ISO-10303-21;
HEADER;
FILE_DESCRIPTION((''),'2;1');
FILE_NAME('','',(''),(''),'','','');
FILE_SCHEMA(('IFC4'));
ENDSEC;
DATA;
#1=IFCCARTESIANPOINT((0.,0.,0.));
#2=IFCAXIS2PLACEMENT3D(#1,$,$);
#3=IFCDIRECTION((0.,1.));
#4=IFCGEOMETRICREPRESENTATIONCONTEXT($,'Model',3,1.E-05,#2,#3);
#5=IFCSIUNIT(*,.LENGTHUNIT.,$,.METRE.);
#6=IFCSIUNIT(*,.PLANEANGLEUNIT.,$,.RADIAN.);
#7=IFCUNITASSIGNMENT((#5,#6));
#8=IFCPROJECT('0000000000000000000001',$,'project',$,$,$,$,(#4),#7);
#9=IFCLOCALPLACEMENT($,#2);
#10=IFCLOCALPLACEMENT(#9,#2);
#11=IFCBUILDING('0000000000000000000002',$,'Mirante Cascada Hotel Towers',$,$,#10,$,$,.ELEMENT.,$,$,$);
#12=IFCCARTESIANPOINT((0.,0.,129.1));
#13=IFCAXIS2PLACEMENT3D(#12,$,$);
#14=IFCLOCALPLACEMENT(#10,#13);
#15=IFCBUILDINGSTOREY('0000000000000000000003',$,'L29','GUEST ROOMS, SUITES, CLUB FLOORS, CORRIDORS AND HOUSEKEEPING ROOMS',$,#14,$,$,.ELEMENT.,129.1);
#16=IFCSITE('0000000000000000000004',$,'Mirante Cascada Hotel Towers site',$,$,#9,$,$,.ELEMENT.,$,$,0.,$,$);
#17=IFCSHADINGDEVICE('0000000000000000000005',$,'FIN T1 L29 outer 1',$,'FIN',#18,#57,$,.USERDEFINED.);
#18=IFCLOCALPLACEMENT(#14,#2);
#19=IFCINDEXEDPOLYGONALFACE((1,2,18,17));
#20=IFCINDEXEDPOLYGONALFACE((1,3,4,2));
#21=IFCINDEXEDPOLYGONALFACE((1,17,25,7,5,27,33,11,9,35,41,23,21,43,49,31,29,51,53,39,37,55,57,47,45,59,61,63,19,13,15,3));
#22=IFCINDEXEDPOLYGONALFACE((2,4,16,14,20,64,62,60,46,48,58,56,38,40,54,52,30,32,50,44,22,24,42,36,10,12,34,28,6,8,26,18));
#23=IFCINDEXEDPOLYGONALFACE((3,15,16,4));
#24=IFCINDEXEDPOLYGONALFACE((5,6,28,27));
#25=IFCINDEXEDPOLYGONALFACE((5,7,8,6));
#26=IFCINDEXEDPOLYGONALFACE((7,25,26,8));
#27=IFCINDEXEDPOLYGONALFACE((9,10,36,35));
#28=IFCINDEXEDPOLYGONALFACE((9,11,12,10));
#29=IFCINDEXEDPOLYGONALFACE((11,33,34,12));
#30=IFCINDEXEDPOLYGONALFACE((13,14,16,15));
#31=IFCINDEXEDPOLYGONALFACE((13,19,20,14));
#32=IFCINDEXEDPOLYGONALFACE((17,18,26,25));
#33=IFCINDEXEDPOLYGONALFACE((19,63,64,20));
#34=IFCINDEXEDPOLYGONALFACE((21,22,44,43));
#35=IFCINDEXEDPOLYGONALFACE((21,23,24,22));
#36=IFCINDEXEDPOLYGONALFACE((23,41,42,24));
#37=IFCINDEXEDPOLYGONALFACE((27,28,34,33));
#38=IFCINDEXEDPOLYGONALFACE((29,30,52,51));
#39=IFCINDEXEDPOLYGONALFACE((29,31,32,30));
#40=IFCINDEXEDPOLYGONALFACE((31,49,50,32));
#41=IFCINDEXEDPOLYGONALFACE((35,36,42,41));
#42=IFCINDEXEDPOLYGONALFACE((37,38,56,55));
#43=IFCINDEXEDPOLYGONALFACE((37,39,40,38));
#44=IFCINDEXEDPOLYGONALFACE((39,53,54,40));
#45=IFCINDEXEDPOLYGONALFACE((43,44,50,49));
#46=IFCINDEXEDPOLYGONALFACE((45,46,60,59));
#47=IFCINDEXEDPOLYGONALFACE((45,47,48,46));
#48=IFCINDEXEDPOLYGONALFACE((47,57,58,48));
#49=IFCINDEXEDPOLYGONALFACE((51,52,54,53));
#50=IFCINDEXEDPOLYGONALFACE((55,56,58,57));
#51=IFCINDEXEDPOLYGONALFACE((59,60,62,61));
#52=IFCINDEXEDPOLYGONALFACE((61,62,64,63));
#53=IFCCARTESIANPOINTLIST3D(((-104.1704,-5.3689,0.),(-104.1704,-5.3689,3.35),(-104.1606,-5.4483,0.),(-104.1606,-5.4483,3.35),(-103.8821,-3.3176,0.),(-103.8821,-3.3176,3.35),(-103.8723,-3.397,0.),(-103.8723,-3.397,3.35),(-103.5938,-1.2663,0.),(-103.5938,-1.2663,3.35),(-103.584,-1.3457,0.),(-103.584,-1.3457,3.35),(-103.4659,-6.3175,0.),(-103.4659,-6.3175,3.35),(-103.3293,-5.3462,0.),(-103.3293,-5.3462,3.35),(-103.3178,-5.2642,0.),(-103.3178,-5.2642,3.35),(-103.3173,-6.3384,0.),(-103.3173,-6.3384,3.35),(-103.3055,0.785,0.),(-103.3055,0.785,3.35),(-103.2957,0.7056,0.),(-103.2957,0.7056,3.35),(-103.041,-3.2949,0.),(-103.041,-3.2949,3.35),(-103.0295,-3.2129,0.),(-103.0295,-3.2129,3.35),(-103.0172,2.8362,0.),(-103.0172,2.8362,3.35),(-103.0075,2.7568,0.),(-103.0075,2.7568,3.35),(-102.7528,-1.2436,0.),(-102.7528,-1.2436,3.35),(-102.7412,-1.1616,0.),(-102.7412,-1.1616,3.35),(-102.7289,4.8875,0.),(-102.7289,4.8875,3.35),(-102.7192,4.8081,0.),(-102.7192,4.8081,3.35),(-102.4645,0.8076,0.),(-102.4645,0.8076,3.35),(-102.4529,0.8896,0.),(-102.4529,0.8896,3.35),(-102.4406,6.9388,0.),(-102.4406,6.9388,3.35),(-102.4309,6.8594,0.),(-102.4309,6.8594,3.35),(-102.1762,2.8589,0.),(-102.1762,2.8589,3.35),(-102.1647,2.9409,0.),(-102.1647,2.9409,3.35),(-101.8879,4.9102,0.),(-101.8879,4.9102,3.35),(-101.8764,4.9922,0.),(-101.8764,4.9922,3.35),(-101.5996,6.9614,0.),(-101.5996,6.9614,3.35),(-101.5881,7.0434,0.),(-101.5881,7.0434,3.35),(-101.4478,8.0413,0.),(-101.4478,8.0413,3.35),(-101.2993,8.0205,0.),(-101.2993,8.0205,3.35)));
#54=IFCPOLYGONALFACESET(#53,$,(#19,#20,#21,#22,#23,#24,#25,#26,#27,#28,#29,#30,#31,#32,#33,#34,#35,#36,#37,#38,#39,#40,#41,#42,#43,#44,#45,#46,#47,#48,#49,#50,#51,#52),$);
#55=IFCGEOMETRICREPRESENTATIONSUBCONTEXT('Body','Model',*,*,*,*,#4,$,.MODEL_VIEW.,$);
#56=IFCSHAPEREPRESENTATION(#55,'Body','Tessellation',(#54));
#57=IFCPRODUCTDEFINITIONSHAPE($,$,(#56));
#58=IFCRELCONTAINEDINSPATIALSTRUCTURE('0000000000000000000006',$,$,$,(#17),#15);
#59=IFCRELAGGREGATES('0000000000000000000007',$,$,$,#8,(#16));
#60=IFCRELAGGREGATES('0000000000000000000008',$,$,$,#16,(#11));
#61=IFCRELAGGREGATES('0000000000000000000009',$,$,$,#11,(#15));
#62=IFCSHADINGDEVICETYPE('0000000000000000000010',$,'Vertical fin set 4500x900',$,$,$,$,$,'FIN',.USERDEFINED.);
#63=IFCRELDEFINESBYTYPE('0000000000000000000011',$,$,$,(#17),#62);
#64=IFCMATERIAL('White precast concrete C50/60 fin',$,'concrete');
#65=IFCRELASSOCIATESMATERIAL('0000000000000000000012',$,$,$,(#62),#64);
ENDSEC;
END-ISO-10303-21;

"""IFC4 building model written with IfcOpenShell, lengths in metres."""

from ifc_helpers import new_model, si_unit, direction, frame, origin, place, context, subcontext, project, spatial, polyline, outline, extrude, material, type_object, element, save


model = new_model("IFC4")

# Units and contexts
model_context = context("Model", 3, precision=1e-05, world=origin(), true_north=direction((0.0, 1.0)))
body_context = subcontext(model_context, "Body", "Model", "MODEL_VIEW")
ifc_project = project(units=[si_unit("LENGTHUNIT", "METRE"), si_unit("PLANEANGLEUNIT", "RADIAN")], contexts=[model_context])

# Site, building, storey
site_placement = place(None, origin())
site = spatial("IfcSite", under=ifc_project, at=site_placement, Name="Mirante Cascada Hotel Towers site", CompositionType="ELEMENT", RefElevation=0.0)
building_placement = place(site_placement, origin())
building = spatial("IfcBuilding", under=site, at=building_placement, Name="Mirante Cascada Hotel Towers", CompositionType="ELEMENT")
storey_placement = place(building_placement, frame((0.0, 0.0, 129.1)))
storey = spatial("IfcBuildingStorey", under=building, at=storey_placement, Name="L29", Description="GUEST ROOMS, SUITES, CLUB FLOORS, CORRIDORS AND HOUSEKEEPING ROOMS", CompositionType="ELEMENT", Elevation=129.1)

# Shading device
ifc_material_1 = material(Name="White precast concrete C50/60 fin", Category="concrete")
shading_device_type = type_object("IfcShadingDeviceType", Name="Vertical fin set 4500x900", ElementType="FIN", PredefinedType="USERDEFINED", material=ifc_material_1)
shading_device_1_placement = place(storey_placement, origin())
element("IfcShadingDevice", 1, at=shading_device_1_placement, inside=storey, type_object=shading_device_type, Name="FIN T1 L29 outer 1", ObjectType="FIN", PredefinedType="USERDEFINED", context=body_context, shape_type="SweptSolid", body=[
    extrude(outline(polyline([(-103.3178, -5.2642), (-103.041, -3.2949), (-103.8723, -3.397), (-103.8821, -3.3176), (-103.0295, -3.2129), (-102.7528, -1.2436), (-103.584, -1.3457), (-103.5938, -1.2663), (-102.7412, -1.1616), (-102.4645, 0.8076), (-103.2957, 0.7056), (-103.3055, 0.785), (-102.4529, 0.8896), (-102.1762, 2.8589), (-103.0075, 2.7568), (-103.0172, 2.8362), (-102.1647, 2.9409), (-101.8879, 4.9102), (-102.7192, 4.8081), (-102.7289, 4.8875), (-101.8764, 4.9922), (-101.5996, 6.9614), (-102.4309, 6.8594), (-102.4406, 6.9388), (-101.5881, 7.0434), (-101.4478, 8.0413), (-101.2993, 8.0205), (-103.3173, -6.3384), (-103.4659, -6.3175), (-103.3293, -5.3462), (-104.1606, -5.4483), (-104.1704, -5.3689), (-103.3178, -5.2642)])), origin(), (0.0, 0.0, 1.0), 3.35),
])

save(model, "model.ifc")
